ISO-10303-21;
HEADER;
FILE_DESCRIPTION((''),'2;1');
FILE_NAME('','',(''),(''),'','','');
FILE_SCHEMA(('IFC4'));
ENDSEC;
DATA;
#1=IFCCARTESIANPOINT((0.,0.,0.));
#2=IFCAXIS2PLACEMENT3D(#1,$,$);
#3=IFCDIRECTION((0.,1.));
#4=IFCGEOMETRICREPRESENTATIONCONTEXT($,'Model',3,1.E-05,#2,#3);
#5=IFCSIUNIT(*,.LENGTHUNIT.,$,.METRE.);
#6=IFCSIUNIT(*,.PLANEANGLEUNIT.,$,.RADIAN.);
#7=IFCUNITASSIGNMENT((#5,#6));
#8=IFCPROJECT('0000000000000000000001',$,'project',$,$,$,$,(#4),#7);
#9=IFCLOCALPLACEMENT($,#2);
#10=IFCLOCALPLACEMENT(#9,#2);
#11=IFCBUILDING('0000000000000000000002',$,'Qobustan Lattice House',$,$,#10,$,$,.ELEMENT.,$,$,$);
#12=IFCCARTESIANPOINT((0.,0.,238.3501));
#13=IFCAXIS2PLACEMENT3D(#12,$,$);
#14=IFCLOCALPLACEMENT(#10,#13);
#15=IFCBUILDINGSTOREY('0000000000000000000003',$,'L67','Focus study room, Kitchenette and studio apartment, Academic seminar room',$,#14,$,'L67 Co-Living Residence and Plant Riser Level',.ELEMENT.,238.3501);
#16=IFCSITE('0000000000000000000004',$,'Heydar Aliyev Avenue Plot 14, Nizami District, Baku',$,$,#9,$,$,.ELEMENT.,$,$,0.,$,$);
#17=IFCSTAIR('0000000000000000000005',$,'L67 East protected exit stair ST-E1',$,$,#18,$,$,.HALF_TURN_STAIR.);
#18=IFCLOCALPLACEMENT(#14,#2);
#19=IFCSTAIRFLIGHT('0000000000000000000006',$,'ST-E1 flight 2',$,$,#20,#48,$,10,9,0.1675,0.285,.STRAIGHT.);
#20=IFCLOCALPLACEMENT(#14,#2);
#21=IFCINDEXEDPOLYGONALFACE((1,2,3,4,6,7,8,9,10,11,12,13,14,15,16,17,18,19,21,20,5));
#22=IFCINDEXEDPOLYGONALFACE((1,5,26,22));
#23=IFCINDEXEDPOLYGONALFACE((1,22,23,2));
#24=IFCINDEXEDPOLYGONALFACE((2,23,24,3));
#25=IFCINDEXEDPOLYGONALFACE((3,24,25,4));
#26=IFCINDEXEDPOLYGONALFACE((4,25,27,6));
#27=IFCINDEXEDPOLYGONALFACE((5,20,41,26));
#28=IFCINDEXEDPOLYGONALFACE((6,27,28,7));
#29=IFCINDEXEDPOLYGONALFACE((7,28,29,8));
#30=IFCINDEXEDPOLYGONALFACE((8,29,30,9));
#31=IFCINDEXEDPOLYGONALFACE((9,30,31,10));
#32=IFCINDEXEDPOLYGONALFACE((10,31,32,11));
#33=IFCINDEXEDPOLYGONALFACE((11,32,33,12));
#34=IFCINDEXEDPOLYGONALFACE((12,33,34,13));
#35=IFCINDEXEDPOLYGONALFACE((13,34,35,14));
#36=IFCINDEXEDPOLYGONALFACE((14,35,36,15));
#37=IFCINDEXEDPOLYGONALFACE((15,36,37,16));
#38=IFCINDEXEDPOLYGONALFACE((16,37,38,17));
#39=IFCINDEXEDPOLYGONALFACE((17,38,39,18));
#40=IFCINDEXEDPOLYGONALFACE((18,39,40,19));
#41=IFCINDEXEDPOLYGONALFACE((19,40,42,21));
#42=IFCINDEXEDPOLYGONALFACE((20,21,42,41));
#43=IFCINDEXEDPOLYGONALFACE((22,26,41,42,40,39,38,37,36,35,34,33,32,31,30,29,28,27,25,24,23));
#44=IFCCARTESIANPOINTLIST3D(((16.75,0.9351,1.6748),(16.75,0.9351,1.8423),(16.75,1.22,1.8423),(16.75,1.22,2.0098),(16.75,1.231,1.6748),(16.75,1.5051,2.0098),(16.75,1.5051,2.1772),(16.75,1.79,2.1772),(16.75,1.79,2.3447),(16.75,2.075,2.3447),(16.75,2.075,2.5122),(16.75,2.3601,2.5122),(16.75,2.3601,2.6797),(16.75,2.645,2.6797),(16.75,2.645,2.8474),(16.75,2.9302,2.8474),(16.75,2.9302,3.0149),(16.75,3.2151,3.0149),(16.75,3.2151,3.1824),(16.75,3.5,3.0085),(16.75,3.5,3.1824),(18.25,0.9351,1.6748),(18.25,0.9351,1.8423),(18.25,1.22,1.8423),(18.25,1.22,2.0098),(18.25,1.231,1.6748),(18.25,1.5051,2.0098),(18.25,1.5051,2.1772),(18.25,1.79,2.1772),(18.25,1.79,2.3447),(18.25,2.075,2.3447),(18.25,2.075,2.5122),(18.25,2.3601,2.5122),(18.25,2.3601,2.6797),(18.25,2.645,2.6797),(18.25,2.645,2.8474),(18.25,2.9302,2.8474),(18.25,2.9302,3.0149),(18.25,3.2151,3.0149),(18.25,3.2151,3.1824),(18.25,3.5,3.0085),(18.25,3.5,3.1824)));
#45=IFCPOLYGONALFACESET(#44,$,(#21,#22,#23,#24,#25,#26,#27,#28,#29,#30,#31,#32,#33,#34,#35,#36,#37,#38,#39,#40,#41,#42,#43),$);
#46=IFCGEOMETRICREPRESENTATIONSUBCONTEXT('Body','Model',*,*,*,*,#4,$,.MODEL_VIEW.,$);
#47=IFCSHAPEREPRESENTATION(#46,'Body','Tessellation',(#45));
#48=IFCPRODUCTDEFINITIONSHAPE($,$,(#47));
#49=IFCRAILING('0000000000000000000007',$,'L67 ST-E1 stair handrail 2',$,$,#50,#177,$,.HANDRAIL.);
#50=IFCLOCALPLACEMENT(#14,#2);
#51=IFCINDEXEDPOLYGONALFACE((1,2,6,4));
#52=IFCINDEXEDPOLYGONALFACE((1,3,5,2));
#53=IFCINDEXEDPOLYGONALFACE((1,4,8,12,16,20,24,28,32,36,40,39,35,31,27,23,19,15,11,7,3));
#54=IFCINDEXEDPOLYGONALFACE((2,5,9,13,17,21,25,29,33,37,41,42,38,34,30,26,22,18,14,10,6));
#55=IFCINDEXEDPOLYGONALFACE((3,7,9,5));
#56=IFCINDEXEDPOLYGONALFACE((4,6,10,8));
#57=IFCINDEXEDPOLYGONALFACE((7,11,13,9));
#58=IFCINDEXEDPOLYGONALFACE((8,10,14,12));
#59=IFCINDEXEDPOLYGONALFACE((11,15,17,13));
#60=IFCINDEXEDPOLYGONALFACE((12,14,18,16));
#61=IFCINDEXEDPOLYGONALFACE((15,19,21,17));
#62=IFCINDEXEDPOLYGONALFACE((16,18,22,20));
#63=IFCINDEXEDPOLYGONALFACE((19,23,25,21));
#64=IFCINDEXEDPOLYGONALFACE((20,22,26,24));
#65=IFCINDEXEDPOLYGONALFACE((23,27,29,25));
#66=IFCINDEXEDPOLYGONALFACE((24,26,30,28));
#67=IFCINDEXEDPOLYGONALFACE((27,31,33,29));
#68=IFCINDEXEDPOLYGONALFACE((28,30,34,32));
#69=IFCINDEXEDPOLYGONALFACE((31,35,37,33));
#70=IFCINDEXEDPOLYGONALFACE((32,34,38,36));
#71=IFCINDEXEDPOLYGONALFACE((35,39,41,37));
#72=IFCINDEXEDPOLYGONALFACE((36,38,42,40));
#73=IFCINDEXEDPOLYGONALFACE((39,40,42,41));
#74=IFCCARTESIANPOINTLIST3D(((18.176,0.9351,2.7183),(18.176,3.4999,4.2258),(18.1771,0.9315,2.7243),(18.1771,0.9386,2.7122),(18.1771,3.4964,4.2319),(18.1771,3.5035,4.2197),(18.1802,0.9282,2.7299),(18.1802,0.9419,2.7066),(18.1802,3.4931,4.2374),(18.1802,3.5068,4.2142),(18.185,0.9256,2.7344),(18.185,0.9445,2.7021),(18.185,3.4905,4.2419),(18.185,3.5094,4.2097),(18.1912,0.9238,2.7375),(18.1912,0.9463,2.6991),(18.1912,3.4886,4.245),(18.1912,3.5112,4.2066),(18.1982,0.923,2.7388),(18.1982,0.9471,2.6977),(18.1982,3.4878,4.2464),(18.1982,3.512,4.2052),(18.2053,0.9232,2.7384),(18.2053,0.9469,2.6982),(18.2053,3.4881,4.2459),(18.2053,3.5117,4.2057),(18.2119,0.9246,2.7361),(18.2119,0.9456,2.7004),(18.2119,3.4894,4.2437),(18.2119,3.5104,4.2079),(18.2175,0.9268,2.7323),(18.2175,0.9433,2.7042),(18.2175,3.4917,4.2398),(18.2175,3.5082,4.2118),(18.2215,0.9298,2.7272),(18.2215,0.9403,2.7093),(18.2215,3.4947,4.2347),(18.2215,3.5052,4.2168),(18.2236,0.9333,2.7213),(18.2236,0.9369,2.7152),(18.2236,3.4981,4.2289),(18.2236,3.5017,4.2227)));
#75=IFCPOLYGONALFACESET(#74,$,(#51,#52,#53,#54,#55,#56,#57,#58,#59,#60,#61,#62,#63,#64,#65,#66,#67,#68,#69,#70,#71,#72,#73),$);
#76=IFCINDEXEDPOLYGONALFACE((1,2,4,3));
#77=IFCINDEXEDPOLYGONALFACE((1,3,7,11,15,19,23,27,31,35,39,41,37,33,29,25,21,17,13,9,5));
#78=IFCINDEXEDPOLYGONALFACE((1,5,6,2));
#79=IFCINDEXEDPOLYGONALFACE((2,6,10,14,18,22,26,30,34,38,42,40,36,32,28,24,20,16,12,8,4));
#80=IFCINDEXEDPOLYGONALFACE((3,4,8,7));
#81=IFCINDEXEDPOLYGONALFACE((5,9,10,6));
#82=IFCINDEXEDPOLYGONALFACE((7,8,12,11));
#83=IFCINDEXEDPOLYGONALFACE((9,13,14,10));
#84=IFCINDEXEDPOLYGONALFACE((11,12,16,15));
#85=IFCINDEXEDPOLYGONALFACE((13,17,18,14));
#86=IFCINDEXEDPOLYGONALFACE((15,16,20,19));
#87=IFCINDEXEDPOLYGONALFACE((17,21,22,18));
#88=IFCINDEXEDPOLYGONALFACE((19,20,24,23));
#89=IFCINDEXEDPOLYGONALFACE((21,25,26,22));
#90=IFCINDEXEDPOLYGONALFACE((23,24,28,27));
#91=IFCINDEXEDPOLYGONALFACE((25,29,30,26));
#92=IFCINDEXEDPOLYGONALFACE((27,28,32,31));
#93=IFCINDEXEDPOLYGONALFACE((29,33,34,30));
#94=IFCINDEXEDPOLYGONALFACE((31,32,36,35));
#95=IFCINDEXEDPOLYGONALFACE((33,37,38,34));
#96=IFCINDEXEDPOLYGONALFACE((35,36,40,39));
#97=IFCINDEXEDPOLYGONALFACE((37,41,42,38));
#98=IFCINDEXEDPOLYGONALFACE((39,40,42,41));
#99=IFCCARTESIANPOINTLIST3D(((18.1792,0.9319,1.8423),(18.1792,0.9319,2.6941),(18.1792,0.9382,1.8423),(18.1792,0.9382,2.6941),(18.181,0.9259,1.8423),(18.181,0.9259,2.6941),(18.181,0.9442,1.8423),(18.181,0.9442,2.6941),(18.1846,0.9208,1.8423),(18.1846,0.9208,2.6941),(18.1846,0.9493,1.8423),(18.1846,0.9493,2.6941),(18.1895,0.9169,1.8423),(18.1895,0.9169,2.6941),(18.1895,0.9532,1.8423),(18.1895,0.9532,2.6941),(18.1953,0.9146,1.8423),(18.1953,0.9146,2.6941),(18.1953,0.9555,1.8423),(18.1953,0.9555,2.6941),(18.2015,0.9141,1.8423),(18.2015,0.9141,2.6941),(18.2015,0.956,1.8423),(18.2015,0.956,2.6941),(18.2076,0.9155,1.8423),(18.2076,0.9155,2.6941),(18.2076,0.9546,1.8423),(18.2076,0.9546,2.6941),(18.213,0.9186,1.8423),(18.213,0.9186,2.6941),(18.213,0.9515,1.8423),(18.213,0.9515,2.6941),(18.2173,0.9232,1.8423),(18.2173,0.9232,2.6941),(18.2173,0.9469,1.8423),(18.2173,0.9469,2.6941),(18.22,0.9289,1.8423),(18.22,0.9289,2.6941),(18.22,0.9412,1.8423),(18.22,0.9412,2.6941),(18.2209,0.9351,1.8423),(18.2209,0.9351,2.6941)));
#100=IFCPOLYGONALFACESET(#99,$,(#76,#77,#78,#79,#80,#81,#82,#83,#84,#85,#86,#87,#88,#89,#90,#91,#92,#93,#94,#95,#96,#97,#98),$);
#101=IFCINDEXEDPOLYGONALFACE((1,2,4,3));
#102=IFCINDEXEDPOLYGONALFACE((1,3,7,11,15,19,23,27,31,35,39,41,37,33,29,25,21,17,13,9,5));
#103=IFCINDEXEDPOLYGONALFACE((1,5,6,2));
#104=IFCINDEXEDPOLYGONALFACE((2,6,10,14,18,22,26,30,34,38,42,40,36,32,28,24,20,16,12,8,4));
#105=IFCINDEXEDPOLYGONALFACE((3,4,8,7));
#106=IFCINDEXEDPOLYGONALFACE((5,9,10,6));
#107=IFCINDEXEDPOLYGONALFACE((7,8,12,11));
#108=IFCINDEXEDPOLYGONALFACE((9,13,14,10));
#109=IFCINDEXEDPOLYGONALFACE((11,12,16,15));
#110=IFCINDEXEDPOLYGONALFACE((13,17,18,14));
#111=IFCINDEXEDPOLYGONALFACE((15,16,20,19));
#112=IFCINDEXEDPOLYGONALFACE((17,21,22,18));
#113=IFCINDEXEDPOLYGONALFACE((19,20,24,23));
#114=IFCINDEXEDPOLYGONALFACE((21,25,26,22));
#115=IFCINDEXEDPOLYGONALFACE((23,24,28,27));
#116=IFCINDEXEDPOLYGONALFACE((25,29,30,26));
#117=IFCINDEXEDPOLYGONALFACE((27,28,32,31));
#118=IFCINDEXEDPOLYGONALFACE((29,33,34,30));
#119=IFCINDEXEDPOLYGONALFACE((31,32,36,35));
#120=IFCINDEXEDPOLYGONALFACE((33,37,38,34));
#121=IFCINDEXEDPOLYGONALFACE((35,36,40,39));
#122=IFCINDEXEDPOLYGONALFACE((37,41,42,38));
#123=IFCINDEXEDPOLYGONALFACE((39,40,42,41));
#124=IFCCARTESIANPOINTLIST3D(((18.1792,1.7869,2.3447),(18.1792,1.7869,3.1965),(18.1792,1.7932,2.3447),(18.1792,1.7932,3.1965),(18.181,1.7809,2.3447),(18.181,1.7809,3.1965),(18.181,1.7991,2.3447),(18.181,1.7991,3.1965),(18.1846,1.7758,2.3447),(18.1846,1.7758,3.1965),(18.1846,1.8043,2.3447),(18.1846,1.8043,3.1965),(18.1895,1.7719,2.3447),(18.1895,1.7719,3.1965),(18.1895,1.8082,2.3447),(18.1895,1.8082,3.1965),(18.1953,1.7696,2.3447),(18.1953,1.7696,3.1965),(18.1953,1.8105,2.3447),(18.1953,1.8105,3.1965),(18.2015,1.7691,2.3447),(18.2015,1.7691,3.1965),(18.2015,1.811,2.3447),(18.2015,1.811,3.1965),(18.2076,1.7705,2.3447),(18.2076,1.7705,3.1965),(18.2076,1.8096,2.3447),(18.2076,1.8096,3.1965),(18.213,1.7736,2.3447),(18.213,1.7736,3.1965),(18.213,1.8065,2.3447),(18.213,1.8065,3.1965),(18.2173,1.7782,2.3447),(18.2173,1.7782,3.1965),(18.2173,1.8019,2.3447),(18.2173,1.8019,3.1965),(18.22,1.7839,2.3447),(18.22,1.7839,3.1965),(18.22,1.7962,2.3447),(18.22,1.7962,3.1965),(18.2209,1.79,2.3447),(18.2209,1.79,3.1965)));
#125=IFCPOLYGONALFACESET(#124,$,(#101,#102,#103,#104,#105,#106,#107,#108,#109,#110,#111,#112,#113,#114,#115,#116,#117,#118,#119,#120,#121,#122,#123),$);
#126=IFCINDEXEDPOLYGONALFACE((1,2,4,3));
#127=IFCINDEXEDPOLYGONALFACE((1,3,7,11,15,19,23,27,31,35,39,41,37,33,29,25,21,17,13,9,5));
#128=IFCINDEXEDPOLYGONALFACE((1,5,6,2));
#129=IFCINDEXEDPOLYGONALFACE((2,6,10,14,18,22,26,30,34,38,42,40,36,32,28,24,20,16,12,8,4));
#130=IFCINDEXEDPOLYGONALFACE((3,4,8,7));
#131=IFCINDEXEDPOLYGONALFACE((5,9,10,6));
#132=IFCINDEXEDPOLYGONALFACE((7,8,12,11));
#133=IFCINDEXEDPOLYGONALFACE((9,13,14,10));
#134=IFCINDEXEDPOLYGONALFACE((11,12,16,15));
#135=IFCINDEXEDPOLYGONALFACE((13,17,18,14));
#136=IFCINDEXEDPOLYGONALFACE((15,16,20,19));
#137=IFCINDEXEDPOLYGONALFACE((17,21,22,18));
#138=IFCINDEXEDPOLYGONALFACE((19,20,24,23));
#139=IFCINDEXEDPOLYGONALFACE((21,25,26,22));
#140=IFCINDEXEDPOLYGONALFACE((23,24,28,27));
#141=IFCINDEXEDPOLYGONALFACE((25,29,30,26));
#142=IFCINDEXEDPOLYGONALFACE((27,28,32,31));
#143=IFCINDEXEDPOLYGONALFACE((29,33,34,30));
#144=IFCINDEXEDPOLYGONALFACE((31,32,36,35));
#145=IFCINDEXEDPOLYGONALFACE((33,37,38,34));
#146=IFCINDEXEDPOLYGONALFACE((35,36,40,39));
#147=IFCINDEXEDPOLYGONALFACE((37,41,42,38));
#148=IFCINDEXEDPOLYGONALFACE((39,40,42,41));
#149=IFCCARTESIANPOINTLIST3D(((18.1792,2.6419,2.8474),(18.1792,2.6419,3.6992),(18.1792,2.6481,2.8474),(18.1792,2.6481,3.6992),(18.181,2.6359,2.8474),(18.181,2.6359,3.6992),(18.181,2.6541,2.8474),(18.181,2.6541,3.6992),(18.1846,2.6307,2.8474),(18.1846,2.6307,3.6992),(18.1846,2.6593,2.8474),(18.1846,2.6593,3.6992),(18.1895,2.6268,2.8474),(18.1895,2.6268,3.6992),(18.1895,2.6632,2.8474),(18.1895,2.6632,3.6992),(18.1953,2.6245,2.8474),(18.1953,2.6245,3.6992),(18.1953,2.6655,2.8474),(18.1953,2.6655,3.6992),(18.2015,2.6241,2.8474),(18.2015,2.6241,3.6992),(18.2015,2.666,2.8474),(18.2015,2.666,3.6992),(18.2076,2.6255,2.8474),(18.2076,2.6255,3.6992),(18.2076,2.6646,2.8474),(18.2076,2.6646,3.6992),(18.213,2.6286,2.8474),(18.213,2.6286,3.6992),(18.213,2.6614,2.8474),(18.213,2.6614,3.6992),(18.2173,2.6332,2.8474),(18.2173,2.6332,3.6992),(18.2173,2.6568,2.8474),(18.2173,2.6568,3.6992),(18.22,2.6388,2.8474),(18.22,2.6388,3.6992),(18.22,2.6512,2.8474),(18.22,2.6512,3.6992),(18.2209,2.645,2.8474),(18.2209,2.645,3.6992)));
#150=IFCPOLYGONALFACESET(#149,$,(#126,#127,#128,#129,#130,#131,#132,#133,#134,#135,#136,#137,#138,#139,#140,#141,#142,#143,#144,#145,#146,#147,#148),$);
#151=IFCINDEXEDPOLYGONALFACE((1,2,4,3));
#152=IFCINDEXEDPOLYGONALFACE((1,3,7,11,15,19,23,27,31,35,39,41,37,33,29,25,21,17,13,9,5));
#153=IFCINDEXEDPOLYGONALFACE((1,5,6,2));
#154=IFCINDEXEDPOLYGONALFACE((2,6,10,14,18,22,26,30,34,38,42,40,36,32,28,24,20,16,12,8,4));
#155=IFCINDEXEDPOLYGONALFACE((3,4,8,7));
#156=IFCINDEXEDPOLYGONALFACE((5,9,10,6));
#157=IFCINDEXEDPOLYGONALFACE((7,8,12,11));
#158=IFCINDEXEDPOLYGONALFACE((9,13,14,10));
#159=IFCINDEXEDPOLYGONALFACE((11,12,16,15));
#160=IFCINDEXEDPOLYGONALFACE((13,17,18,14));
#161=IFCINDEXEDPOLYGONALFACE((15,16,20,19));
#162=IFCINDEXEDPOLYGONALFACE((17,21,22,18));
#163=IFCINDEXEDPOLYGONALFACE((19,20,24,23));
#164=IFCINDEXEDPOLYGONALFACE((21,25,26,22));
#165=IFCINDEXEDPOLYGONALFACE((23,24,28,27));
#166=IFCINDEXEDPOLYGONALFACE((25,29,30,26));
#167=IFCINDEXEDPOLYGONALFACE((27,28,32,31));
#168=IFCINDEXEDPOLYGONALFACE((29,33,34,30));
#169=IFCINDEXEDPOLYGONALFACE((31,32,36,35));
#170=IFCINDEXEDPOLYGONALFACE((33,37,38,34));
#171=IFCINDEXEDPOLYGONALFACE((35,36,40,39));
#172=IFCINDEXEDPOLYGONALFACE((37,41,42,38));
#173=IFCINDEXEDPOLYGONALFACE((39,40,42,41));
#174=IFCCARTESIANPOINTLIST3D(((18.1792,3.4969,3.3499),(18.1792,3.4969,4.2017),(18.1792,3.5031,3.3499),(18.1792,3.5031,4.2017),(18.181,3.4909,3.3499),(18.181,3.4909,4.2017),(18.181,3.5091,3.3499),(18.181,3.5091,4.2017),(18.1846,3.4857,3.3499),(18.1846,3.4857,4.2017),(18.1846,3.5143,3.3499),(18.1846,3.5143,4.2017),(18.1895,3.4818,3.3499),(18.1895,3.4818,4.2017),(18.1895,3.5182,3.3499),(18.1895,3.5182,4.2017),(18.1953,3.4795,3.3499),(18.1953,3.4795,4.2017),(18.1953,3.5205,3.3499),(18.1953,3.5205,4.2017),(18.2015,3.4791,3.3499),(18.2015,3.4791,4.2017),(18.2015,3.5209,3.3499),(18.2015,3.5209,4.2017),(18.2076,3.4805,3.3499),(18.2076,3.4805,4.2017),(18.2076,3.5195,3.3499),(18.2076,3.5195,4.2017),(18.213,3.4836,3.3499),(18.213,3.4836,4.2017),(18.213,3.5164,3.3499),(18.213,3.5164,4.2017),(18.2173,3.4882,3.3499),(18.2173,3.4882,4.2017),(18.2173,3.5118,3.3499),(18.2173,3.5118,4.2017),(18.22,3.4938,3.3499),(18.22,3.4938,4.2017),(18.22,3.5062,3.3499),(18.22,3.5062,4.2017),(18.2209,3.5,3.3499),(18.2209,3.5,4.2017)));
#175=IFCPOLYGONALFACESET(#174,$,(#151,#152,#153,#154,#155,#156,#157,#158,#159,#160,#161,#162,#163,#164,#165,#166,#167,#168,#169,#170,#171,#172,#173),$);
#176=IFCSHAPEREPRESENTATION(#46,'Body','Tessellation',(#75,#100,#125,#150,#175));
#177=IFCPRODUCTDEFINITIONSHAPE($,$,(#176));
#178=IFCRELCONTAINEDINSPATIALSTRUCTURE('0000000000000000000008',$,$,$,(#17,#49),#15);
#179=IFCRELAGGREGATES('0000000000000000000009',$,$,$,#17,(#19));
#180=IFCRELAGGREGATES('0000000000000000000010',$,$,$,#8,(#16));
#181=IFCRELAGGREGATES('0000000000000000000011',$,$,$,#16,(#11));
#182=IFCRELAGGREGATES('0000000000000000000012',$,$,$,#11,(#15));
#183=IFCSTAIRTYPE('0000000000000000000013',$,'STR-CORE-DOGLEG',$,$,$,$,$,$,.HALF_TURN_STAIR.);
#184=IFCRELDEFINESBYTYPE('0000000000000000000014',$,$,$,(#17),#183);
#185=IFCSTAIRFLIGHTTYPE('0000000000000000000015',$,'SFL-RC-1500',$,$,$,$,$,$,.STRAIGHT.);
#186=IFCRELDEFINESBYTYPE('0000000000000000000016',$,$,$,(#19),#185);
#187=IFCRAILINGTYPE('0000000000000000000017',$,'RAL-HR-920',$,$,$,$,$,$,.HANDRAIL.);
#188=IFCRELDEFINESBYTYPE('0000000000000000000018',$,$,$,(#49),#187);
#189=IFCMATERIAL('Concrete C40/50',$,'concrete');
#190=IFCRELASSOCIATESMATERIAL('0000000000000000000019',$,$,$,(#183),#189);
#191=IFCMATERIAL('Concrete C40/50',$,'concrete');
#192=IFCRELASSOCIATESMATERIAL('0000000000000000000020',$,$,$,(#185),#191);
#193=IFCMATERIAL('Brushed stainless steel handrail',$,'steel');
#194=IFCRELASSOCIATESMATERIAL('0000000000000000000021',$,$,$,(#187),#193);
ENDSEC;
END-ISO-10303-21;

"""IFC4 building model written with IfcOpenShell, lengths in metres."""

from ifc_helpers import new_model, si_unit, direction, frame, origin, origin_2d, place, context, subcontext, project, spatial, polyline, circle, outline, extrude, material, type_object, element, aggregate, save


model = new_model("IFC4")

# Units and contexts
model_context = context("Model", 3, precision=1e-05, world=origin(), true_north=direction((0.0, 1.0)))
body_context = subcontext(model_context, "Body", "Model", "MODEL_VIEW")
ifc_project = project(units=[si_unit("LENGTHUNIT", "METRE"), si_unit("PLANEANGLEUNIT", "RADIAN")], contexts=[model_context])

# Site, building, storey
site_placement = place(None, origin())
site = spatial("IfcSite", under=ifc_project, at=site_placement, Name="Heydar Aliyev Avenue Plot 14, Nizami District, Baku", CompositionType="ELEMENT", RefElevation=0.0)
building_placement = place(site_placement, origin())
building = spatial("IfcBuilding", under=site, at=building_placement, Name="Qobustan Lattice House", CompositionType="ELEMENT")
storey_placement = place(building_placement, frame((0.0, 0.0, 238.3501)))
storey = spatial("IfcBuildingStorey", under=building, at=storey_placement, Name="L67", Description="Focus study room, Kitchenette and studio apartment, Academic seminar room", LongName="L67 Co-Living Residence and Plant Riser Level", CompositionType="ELEMENT", Elevation=238.3501)

# Stair, stair flight
ifc_material_1 = material(Name="Concrete C40/50", Category="concrete")
stair_type = type_object("IfcStairType", Name="STR-CORE-DOGLEG", PredefinedType="HALF_TURN_STAIR", material=ifc_material_1)
stair_placement = place(storey_placement, origin())
stair = element("IfcStair", 1, at=stair_placement, inside=storey, type_object=stair_type, Name="L67 East protected exit stair ST-E1", PredefinedType="HALF_TURN_STAIR")
ifc_material_2 = material(Name="Concrete C40/50", Category="concrete")
stair_flight_type = type_object("IfcStairFlightType", Name="SFL-RC-1500", PredefinedType="STRAIGHT", material=ifc_material_2)
stair_flight_placement = place(storey_placement, frame((17.5, 0.9351, 1.6748), z_axis=(0.0, 0.0, 1.0), x_axis=(0.0, 1.0, 0.0)))
stair_flight = element("IfcStairFlight", 2, at=stair_flight_placement, type_object=stair_flight_type, Name="ST-E1 flight 2", NumberOfRisers=10, NumberOfTreads=9, PredefinedType="STRAIGHT", RiserHeight=0.1675, TreadLength=0.285, context=body_context, shape_type="SweptSolid", body=[
    extrude(outline(polyline([(0.0, 0.0), (0.0, 0.1675), (0.2849, 0.1675), (0.2849, 0.335), (0.5701, 0.335), (0.5701, 0.5024), (0.855, 0.5024), (0.855, 0.6699), (1.1399, 0.6699), (1.1399, 0.8374), (1.425, 0.8374), (1.425, 1.0049), (1.71, 1.0049), (1.71, 1.1726), (1.9951, 1.1726), (1.9951, 1.3401), (2.28, 1.3401), (2.28, 1.5076), (2.5649, 1.5076), (2.5649, 1.675), (2.5649, 1.3337), (0.2959, 0.0), (0.0, 0.0)])), frame((0.0, 0.75, 0.0), z_axis=(0.0, -1.0, 0.0), x_axis=(1.0, 0.0, 0.0)), (0.0, 0.0, 1.0), 1.5),
])
aggregate(stair, [stair_flight])

# Railing
ifc_material_3 = material(Name="Brushed stainless steel handrail", Category="steel")
railing_type_1 = type_object("IfcRailingType", Name="RAL-HR-920", PredefinedType="HANDRAIL", material=ifc_material_3)
railing_1_placement = place(storey_placement, frame((18.2, 0.9351, 1.8423)))
element("IfcRailing", 3, at=railing_1_placement, inside=storey, type_object=railing_type_1, Name="L67 ST-E1 stair handrail 2", PredefinedType="HANDRAIL", context=body_context, shape_type="SweptSolid", body=[
    extrude(circle(Radius=0.0239, at=origin_2d()), frame((0.0, 0.0, 0.876), z_axis=(0.0, 0.862113, 0.506715), x_axis=(-1.0, 0.0, 0.0)), (0.0, 0.0, 1.0), 2.9751),
    extrude(circle(Radius=0.021, at=origin_2d()), origin(), (0.0, 0.0, 1.0), 0.8518),
    extrude(circle(Radius=0.021, at=origin_2d()), frame((0.0, 0.855, 0.5024)), (0.0, 0.0, 1.0), 0.8518),
    extrude(circle(Radius=0.021, at=origin_2d()), frame((0.0, 1.71, 1.0051)), (0.0, 0.0, 1.0), 0.8518),
    extrude(circle(Radius=0.021, at=origin_2d()), frame((0.0, 2.5649, 1.5076)), (0.0, 0.0, 1.0), 0.8518),
])

save(model, "model.ifc")
